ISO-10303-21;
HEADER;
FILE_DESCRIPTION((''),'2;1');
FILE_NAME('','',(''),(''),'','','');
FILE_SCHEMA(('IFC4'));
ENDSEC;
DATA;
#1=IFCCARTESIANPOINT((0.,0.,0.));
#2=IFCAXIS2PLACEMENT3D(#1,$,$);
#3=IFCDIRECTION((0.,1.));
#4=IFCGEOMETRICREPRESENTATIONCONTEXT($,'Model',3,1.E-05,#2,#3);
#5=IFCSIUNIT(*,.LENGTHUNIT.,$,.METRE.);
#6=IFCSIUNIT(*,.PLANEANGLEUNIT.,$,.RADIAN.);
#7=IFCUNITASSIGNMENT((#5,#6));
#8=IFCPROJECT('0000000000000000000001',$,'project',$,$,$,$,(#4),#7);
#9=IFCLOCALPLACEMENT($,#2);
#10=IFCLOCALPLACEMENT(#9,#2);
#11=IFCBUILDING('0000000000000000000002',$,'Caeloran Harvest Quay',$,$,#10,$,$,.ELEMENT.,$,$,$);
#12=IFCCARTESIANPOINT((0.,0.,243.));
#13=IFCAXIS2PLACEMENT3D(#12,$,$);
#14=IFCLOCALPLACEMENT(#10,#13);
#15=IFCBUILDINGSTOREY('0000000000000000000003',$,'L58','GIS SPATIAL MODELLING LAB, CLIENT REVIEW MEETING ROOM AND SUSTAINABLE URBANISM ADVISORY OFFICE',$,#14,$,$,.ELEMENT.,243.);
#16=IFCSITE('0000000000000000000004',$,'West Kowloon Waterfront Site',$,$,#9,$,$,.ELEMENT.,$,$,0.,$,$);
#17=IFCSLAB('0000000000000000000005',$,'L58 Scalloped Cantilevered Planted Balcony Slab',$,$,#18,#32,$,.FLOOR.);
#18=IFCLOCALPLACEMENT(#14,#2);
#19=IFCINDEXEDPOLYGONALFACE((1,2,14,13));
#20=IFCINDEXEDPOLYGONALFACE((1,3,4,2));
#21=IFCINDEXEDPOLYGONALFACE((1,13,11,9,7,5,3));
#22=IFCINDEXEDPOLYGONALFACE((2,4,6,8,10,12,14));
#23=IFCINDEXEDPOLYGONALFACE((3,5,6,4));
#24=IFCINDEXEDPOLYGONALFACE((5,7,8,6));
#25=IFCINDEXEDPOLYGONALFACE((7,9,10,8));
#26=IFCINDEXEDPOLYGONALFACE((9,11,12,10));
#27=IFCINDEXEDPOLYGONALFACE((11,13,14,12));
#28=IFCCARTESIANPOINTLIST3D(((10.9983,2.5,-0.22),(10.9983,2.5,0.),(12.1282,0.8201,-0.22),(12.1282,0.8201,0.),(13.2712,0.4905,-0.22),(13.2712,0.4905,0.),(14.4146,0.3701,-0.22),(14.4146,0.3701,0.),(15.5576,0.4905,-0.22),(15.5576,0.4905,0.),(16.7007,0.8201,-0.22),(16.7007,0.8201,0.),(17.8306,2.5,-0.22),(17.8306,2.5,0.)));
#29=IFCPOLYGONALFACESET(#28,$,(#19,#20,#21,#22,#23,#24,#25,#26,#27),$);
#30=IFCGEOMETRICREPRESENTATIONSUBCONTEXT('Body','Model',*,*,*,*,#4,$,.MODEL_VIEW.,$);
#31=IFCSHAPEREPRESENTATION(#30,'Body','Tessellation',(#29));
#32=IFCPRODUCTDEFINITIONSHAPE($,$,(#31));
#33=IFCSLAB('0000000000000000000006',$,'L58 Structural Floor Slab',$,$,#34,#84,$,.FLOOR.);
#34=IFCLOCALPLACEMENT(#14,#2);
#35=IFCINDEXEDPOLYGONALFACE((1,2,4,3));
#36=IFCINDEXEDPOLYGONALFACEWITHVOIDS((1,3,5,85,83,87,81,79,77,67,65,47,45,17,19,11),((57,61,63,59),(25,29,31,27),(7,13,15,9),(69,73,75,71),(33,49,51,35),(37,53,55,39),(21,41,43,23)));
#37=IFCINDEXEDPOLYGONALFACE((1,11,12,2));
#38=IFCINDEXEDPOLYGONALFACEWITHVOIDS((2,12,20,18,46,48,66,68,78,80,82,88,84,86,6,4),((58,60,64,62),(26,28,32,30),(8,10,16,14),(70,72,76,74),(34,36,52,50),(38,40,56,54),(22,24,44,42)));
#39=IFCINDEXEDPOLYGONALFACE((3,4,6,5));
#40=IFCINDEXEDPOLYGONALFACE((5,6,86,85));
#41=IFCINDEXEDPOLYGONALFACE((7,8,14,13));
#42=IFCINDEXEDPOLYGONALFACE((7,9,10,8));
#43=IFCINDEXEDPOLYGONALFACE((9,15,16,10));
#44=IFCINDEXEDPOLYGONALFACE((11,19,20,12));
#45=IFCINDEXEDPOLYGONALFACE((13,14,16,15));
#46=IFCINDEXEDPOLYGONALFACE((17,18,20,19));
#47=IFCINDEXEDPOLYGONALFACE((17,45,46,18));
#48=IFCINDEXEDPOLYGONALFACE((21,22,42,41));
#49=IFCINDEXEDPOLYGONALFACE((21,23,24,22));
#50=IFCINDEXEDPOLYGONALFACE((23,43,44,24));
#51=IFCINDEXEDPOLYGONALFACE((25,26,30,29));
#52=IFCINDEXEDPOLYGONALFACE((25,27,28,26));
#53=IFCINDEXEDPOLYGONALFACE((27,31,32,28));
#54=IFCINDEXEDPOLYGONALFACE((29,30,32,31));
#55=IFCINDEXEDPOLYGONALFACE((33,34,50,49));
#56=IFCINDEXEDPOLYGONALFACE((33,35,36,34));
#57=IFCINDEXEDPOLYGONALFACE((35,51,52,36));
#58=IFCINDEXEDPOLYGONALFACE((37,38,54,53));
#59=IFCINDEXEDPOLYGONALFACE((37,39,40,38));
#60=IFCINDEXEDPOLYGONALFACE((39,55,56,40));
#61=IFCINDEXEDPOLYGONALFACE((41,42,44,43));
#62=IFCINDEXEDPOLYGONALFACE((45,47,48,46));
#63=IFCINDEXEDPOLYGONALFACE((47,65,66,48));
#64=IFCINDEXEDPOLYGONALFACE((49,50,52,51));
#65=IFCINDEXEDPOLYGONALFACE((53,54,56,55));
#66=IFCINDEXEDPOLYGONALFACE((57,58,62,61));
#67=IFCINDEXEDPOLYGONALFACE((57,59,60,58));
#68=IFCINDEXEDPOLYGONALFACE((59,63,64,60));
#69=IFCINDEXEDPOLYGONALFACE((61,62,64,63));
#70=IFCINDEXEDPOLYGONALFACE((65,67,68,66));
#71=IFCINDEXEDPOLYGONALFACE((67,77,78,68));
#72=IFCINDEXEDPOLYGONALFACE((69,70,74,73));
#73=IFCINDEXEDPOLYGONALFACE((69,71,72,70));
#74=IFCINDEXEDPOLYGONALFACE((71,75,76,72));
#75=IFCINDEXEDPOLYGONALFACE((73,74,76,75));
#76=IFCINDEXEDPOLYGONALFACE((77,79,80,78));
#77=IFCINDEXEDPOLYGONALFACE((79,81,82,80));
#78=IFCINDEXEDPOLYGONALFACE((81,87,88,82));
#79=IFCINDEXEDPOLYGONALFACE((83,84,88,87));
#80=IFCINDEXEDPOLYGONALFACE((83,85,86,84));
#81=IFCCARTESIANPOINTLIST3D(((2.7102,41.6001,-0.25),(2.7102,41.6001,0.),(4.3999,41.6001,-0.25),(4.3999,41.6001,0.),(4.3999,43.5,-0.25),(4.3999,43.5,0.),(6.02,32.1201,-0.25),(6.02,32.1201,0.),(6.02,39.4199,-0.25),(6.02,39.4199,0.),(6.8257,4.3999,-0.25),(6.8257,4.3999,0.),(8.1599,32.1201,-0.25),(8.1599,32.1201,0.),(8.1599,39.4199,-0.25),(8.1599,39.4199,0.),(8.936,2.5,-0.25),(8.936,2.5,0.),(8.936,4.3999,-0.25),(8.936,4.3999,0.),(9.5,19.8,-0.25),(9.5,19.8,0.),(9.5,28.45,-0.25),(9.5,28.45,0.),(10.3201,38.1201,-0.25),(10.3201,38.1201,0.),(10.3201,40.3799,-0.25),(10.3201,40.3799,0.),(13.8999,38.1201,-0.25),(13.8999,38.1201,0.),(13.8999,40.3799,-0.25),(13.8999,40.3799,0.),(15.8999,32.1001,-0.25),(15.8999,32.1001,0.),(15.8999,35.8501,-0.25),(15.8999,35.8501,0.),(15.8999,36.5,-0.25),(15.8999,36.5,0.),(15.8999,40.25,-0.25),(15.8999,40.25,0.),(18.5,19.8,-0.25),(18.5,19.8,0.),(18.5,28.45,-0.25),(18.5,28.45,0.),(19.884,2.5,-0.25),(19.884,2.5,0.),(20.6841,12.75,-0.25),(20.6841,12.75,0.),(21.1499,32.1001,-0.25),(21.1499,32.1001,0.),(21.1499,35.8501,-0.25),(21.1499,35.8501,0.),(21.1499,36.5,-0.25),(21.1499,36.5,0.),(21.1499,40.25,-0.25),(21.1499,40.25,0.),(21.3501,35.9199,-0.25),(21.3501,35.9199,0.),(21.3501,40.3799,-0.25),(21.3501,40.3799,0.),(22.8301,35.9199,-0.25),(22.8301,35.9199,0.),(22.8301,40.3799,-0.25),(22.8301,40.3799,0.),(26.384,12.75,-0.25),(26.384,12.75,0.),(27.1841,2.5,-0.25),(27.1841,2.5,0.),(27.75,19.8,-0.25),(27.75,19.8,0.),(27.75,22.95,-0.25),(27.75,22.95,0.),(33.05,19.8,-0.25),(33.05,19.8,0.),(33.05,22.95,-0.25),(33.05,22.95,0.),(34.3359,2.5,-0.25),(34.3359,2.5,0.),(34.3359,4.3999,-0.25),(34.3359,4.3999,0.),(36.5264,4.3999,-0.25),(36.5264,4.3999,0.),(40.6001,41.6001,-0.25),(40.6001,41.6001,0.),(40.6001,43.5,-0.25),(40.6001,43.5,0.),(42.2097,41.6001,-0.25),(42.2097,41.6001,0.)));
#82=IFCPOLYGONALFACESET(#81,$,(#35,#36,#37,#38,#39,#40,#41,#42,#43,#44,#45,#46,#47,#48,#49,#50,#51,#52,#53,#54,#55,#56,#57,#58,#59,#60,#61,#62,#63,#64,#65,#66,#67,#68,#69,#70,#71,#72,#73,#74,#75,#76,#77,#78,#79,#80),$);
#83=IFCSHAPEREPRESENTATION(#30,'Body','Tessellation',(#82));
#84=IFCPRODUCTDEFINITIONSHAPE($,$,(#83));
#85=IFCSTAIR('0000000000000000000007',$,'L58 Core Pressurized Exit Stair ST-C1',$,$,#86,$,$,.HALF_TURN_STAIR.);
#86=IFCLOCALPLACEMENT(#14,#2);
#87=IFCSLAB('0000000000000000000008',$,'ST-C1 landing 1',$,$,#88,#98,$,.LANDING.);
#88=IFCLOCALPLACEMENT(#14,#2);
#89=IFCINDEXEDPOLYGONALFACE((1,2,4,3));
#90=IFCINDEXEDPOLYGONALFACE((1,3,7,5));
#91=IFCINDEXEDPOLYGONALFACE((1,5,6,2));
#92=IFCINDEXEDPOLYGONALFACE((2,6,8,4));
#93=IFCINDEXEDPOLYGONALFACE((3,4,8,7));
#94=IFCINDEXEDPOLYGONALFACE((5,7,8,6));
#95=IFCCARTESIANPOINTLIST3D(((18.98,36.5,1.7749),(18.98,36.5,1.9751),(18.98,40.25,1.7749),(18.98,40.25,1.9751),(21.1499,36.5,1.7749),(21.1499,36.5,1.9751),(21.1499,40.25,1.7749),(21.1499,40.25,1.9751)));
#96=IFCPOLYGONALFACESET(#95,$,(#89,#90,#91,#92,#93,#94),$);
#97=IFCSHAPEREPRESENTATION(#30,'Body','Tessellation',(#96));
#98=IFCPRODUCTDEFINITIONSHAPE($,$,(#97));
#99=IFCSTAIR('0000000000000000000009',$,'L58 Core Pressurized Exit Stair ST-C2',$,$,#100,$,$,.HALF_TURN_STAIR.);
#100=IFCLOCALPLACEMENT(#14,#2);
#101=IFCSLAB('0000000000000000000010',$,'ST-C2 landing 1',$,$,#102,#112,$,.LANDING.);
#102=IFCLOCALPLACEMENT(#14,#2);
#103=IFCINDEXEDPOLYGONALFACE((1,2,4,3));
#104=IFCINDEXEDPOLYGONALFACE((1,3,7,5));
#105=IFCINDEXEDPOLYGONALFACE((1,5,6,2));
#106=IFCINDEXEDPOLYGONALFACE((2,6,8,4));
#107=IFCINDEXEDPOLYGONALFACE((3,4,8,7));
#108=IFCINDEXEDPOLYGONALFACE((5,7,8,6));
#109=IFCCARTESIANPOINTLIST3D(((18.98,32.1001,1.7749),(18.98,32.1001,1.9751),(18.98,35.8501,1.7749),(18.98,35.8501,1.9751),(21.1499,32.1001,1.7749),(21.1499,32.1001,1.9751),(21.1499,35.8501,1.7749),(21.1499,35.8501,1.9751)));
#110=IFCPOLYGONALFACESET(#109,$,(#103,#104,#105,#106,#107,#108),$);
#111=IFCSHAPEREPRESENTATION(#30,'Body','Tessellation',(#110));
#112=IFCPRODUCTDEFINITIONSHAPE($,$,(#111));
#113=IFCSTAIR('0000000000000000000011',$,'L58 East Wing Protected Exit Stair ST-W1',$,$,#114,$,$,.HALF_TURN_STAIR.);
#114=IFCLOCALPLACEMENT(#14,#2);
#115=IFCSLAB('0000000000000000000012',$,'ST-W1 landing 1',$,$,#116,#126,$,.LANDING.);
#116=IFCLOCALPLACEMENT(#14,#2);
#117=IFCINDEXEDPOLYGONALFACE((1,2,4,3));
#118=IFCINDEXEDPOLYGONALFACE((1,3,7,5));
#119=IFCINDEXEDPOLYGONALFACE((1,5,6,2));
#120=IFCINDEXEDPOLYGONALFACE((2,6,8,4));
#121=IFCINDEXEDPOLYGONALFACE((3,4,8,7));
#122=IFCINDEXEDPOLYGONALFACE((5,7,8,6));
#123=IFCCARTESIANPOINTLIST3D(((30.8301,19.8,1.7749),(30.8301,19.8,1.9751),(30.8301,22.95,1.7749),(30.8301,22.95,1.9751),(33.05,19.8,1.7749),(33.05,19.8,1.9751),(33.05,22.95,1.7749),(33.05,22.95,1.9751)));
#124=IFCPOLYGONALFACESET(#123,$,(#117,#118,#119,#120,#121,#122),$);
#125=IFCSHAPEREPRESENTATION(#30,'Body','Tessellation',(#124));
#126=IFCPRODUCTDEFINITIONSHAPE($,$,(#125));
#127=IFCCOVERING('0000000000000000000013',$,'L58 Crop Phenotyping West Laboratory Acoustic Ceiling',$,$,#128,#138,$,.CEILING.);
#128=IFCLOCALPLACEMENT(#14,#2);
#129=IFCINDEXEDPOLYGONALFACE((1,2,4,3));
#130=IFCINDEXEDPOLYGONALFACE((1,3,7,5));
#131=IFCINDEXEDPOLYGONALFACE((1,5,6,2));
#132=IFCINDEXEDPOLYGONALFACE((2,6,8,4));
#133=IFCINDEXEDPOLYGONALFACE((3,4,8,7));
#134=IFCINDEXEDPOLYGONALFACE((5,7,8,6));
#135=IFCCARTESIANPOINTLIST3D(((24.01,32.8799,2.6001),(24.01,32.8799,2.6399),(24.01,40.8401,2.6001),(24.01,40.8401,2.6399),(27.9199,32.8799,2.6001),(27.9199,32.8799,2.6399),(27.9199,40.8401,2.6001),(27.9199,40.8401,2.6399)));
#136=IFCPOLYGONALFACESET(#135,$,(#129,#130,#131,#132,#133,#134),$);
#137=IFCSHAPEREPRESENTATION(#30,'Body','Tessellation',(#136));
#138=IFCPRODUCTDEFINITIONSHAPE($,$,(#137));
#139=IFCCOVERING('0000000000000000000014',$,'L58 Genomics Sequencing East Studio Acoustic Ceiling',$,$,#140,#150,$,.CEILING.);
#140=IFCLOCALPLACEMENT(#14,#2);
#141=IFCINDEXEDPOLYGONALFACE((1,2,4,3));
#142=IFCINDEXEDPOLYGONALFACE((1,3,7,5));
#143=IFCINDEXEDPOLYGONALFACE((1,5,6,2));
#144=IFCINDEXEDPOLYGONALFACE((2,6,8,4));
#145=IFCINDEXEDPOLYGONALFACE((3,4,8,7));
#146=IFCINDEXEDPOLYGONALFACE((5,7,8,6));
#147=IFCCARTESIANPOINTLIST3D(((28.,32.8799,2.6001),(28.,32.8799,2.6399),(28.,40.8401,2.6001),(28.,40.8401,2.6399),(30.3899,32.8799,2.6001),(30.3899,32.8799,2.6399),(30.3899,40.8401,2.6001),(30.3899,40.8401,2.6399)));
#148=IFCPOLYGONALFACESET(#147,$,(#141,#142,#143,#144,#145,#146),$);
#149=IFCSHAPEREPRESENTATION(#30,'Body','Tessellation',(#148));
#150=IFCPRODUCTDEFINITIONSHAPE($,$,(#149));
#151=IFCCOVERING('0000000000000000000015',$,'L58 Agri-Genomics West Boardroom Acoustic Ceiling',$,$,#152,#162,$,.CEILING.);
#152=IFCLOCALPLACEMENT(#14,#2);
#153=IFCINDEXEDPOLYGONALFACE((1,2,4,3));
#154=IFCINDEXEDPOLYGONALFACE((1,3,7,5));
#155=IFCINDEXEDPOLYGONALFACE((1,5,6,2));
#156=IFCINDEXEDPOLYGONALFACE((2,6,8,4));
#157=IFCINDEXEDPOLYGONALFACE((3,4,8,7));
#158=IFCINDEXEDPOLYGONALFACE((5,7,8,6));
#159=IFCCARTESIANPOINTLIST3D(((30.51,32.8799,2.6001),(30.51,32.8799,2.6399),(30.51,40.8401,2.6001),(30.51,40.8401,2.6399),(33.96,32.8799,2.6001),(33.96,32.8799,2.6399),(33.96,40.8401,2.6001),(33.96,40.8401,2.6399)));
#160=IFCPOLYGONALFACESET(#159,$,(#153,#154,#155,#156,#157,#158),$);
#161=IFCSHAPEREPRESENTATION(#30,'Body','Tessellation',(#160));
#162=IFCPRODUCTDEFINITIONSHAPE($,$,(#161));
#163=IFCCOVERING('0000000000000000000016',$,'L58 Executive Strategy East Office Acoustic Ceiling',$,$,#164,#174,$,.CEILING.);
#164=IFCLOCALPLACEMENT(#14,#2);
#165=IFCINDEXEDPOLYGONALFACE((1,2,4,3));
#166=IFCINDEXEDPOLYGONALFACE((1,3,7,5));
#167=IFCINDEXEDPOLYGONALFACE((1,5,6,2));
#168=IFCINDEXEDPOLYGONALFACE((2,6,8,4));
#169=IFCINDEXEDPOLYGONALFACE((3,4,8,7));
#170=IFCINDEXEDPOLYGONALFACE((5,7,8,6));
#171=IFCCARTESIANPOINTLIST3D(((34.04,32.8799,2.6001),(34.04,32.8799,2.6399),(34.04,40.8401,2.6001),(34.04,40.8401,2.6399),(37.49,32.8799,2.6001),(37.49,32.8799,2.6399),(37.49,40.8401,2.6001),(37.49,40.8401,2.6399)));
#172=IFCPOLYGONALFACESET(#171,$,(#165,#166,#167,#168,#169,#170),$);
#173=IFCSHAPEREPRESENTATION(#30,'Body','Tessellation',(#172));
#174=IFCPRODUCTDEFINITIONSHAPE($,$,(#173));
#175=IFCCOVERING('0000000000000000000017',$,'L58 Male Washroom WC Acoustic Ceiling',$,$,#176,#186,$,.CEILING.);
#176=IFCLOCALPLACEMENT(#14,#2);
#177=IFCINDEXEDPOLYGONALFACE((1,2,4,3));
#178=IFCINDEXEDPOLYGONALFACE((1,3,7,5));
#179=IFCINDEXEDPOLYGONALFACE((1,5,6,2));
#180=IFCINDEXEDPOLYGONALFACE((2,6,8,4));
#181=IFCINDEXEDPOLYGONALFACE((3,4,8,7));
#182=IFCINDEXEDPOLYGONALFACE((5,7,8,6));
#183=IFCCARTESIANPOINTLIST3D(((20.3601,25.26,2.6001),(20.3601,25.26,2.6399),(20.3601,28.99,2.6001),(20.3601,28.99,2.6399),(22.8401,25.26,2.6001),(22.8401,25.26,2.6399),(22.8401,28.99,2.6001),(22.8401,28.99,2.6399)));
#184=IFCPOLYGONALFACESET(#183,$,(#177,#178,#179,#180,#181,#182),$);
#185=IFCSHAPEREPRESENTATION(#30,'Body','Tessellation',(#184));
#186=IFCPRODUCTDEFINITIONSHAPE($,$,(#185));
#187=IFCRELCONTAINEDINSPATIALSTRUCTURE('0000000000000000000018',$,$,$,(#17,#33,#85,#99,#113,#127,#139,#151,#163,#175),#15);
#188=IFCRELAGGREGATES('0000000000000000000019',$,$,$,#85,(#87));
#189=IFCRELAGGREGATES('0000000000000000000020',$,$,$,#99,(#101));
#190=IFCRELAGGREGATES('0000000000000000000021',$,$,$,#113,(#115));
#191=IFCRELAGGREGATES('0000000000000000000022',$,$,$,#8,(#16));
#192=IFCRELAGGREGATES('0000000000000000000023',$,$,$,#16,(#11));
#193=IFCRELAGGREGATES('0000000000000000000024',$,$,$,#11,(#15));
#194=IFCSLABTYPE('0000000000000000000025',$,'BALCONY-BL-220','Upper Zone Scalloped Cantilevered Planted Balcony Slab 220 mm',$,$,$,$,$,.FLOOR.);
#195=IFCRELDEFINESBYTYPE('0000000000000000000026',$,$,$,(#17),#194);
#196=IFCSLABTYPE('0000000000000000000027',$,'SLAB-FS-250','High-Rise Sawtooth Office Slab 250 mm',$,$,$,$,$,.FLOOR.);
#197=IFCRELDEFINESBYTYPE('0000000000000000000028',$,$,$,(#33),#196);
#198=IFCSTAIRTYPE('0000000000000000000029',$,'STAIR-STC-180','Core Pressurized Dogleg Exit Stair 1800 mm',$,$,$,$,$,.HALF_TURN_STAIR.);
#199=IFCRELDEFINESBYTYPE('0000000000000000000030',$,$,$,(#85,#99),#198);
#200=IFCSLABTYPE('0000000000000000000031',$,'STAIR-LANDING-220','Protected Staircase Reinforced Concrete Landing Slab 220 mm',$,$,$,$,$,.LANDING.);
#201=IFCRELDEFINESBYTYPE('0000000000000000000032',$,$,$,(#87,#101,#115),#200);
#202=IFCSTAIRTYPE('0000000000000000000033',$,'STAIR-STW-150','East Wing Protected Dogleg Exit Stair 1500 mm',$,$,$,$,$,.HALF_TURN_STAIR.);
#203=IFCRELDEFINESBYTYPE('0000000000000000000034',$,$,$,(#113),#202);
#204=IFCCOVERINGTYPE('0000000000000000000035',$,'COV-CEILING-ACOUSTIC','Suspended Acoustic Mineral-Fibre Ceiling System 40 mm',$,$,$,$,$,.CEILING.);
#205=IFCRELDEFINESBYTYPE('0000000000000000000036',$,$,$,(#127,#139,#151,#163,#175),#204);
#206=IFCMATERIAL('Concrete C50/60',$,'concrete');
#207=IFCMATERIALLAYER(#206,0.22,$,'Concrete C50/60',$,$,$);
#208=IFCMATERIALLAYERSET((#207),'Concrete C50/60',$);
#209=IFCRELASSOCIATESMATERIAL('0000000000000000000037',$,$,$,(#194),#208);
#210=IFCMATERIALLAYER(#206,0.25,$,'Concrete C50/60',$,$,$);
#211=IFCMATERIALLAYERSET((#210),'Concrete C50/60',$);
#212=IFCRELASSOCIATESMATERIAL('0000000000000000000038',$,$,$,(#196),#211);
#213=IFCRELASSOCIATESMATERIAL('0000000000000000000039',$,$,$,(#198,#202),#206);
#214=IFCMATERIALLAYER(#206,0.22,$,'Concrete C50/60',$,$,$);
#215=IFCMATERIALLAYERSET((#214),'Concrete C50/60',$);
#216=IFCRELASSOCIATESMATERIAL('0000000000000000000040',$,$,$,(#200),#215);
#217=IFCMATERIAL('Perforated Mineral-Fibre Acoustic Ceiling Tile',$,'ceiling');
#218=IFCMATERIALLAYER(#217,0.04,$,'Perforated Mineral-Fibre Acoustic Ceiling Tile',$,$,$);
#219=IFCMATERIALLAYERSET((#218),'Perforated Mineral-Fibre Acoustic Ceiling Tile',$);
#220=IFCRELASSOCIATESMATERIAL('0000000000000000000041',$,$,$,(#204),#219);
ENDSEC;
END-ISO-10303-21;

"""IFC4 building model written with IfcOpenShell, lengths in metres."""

from ifc_helpers import new_model, si_unit, direction, frame, origin, place, context, subcontext, project, spatial, polyline, outline, extrude, material, layer, layer_set, type_object, element, aggregate, save


model = new_model("IFC4")

# Units and contexts
model_context = context("Model", 3, precision=1e-05, world=origin(), true_north=direction((0.0, 1.0)))
body_context = subcontext(model_context, "Body", "Model", "MODEL_VIEW")
ifc_project = project(units=[si_unit("LENGTHUNIT", "METRE"), si_unit("PLANEANGLEUNIT", "RADIAN")], contexts=[model_context])

# Site, building, storey
site_placement = place(None, origin())
site = spatial("IfcSite", under=ifc_project, at=site_placement, Name="West Kowloon Waterfront Site", CompositionType="ELEMENT", RefElevation=0.0)
building_placement = place(site_placement, origin())
building = spatial("IfcBuilding", under=site, at=building_placement, Name="Caeloran Harvest Quay", CompositionType="ELEMENT")
storey_placement = place(building_placement, frame((0.0, 0.0, 243.0)))
storey = spatial("IfcBuildingStorey", under=building, at=storey_placement, Name="L58", Description="GIS SPATIAL MODELLING LAB, CLIENT REVIEW MEETING ROOM AND SUSTAINABLE URBANISM ADVISORY OFFICE", CompositionType="ELEMENT", Elevation=243.0)

# Slabs
ifc_material_1 = material(Name="Concrete C50/60", Category="concrete")
ifc_layer_1 = layer(ifc_material_1, 0.22, Name="Concrete C50/60")
ifc_layer_set_1 = layer_set([ifc_layer_1], Name="Concrete C50/60")
slab_type_1 = type_object("IfcSlabType", Name="BALCONY-BL-220", Description="Upper Zone Scalloped Cantilevered Planted Balcony Slab 220 mm", PredefinedType="FLOOR", material=ifc_layer_set_1)
slab_1_placement = place(storey_placement, frame((0.0, 0.0, -0.22)))
element("IfcSlab", 1, at=slab_1_placement, inside=storey, type_object=slab_type_1, Name="L58 Scalloped Cantilevered Planted Balcony Slab", PredefinedType="FLOOR", context=body_context, shape_type="SweptSolid", body=[
    extrude(outline(polyline([(16.7007, 0.8201), (15.5576, 0.4905), (14.4146, 0.3701), (13.2712, 0.4905), (12.1282, 0.8201), (10.9983, 2.5), (17.8306, 2.5), (16.7007, 0.8201)])), origin(), (0.0, 0.0, 1.0), 0.22),
])
ifc_layer_2 = layer(ifc_material_1, 0.25, Name="Concrete C50/60")
ifc_layer_set_2 = layer_set([ifc_layer_2], Name="Concrete C50/60")
slab_type_2 = type_object("IfcSlabType", Name="SLAB-FS-250", Description="High-Rise Sawtooth Office Slab 250 mm", PredefinedType="FLOOR", material=ifc_layer_set_2)
slab_2_placement = place(storey_placement, frame((0.0, 0.0, -0.25)))
element("IfcSlab", 2, at=slab_2_placement, inside=storey, type_object=slab_type_2, Name="L58 Structural Floor Slab", PredefinedType="FLOOR", context=body_context, shape_type="SweptSolid", body=[
    extrude(outline(polyline([(8.936, 2.5), (19.884, 2.5), (20.6841, 12.75), (26.384, 12.75), (27.1841, 2.5), (34.3359, 2.5), (34.3359, 4.3999), (36.5264, 4.3999), (42.2097, 41.6001), (40.6001, 41.6001), (40.6001, 43.5), (4.3999, 43.5), (4.3999, 41.6001), (2.7102, 41.6001), (6.8257, 4.3999), (8.936, 4.3999), (8.936, 2.5)]), holes=[polyline([(33.05, 19.8), (27.75, 19.8), (27.75, 22.95), (33.05, 22.95), (33.05, 19.8)]), polyline([(18.5, 19.8), (9.5, 19.8), (9.5, 28.45), (18.5, 28.45), (18.5, 19.8)]), polyline([(15.8999, 32.1001), (15.8999, 35.8501), (21.1499, 35.8501), (21.1499, 32.1001), (15.8999, 32.1001)]), polyline([(8.1599, 32.1201), (6.02, 32.1201), (6.02, 39.4199), (8.1599, 39.4199), (8.1599, 32.1201)]), polyline([(22.8301, 35.9199), (21.3501, 35.9199), (21.3501, 40.3799), (22.8301, 40.3799), (22.8301, 35.9199)]), polyline([(15.8999, 36.5), (15.8999, 40.25), (21.1499, 40.25), (21.1499, 36.5), (15.8999, 36.5)]), polyline([(13.8999, 38.1201), (10.3201, 38.1201), (10.3201, 40.3799), (13.8999, 40.3799), (13.8999, 38.1201)])]), origin(), (0.0, 0.0, 1.0), 0.25),
])

# Stairs, slabs
stair_type_1 = type_object("IfcStairType", Name="STAIR-STC-180", Description="Core Pressurized Dogleg Exit Stair 1800 mm", PredefinedType="HALF_TURN_STAIR", material=ifc_material_1)
stair_1_placement = place(storey_placement, origin())
stair_1 = element("IfcStair", 3, at=stair_1_placement, inside=storey, type_object=stair_type_1, Name="L58 Core Pressurized Exit Stair ST-C1", PredefinedType="HALF_TURN_STAIR")
ifc_layer_3 = layer(ifc_material_1, 0.22, Name="Concrete C50/60")
ifc_layer_set_3 = layer_set([ifc_layer_3], Name="Concrete C50/60")
slab_type_3 = type_object("IfcSlabType", Name="STAIR-LANDING-220", Description="Protected Staircase Reinforced Concrete Landing Slab 220 mm", PredefinedType="LANDING", material=ifc_layer_set_3)
slab_3_placement = place(storey_placement, frame((0.0, 0.0, 1.7749)))
slab_3 = element("IfcSlab", 4, at=slab_3_placement, type_object=slab_type_3, Name="ST-C1 landing 1", PredefinedType="LANDING", context=body_context, shape_type="SweptSolid", body=[
    extrude(outline(polyline([(18.98, 36.5), (21.1499, 36.5), (21.1499, 40.25), (18.98, 40.25), (18.98, 36.5)])), origin(), (0.0, 0.0, 1.0), 0.2002),
])
aggregate(stair_1, [slab_3])
stair_2_placement = place(storey_placement, origin())
stair_2 = element("IfcStair", 5, at=stair_2_placement, inside=storey, type_object=stair_type_1, Name="L58 Core Pressurized Exit Stair ST-C2", PredefinedType="HALF_TURN_STAIR")
slab_4_placement = place(storey_placement, frame((0.0, 0.0, 1.7749)))
slab_4 = element("IfcSlab", 6, at=slab_4_placement, type_object=slab_type_3, Name="ST-C2 landing 1", PredefinedType="LANDING", context=body_context, shape_type="SweptSolid", body=[
    extrude(outline(polyline([(18.98, 32.1001), (21.1499, 32.1001), (21.1499, 35.8501), (18.98, 35.8501), (18.98, 32.1001)])), origin(), (0.0, 0.0, 1.0), 0.2002),
])
aggregate(stair_2, [slab_4])
stair_type_2 = type_object("IfcStairType", Name="STAIR-STW-150", Description="East Wing Protected Dogleg Exit Stair 1500 mm", PredefinedType="HALF_TURN_STAIR", material=ifc_material_1)
stair_3_placement = place(storey_placement, origin())
stair_3 = element("IfcStair", 7, at=stair_3_placement, inside=storey, type_object=stair_type_2, Name="L58 East Wing Protected Exit Stair ST-W1", PredefinedType="HALF_TURN_STAIR")
slab_5_placement = place(storey_placement, frame((0.0, 0.0, 1.7749)))
slab_5 = element("IfcSlab", 8, at=slab_5_placement, type_object=slab_type_3, Name="ST-W1 landing 1", PredefinedType="LANDING", context=body_context, shape_type="SweptSolid", body=[
    extrude(outline(polyline([(30.8301, 19.8), (33.05, 19.8), (33.05, 22.95), (30.8301, 22.95), (30.8301, 19.8)])), origin(), (0.0, 0.0, 1.0), 0.2002),
])
aggregate(stair_3, [slab_5])

# Coverings
ifc_material_2 = material(Name="Perforated Mineral-Fibre Acoustic Ceiling Tile", Category="ceiling")
ifc_layer_4 = layer(ifc_material_2, 0.04, Name="Perforated Mineral-Fibre Acoustic Ceiling Tile")
ifc_layer_set_4 = layer_set([ifc_layer_4], Name="Perforated Mineral-Fibre Acoustic Ceiling Tile")
covering_type_1 = type_object("IfcCoveringType", Name="COV-CEILING-ACOUSTIC", Description="Suspended Acoustic Mineral-Fibre Ceiling System 40 mm", PredefinedType="CEILING", material=ifc_layer_set_4)
covering_1_placement = place(storey_placement, frame((0.0, 0.0, 2.6001)))
element("IfcCovering", 9, at=covering_1_placement, inside=storey, type_object=covering_type_1, Name="L58 Crop Phenotyping West Laboratory Acoustic Ceiling", PredefinedType="CEILING", context=body_context, shape_type="SweptSolid", body=[
    extrude(outline(polyline([(27.9199, 40.8401), (27.9199, 32.8799), (24.01, 32.8799), (24.01, 40.8401), (27.9199, 40.8401)])), origin(), (0.0, 0.0, 1.0), 0.0398),
])
covering_2_placement = place(storey_placement, frame((0.0, 0.0, 2.6001)))
element("IfcCovering", 10, at=covering_2_placement, inside=storey, type_object=covering_type_1, Name="L58 Genomics Sequencing East Studio Acoustic Ceiling", PredefinedType="CEILING", context=body_context, shape_type="SweptSolid", body=[
    extrude(outline(polyline([(30.3899, 40.8401), (30.3899, 32.8799), (28.0, 32.8799), (28.0, 40.8401), (30.3899, 40.8401)])), origin(), (0.0, 0.0, 1.0), 0.0398),
])
covering_3_placement = place(storey_placement, frame((0.0, 0.0, 2.6001)))
element("IfcCovering", 11, at=covering_3_placement, inside=storey, type_object=covering_type_1, Name="L58 Agri-Genomics West Boardroom Acoustic Ceiling", PredefinedType="CEILING", context=body_context, shape_type="SweptSolid", body=[
    extrude(outline(polyline([(33.96, 40.8401), (33.96, 32.8799), (30.51, 32.8799), (30.51, 40.8401), (33.96, 40.8401)])), origin(), (0.0, 0.0, 1.0), 0.0398),
])
covering_4_placement = place(storey_placement, frame((0.0, 0.0, 2.6001)))
element("IfcCovering", 12, at=covering_4_placement, inside=storey, type_object=covering_type_1, Name="L58 Executive Strategy East Office Acoustic Ceiling", PredefinedType="CEILING", context=body_context, shape_type="SweptSolid", body=[
    extrude(outline(polyline([(37.49, 40.8401), (37.49, 32.8799), (34.04, 32.8799), (34.04, 40.8401), (37.49, 40.8401)])), origin(), (0.0, 0.0, 1.0), 0.0398),
])
covering_5_placement = place(storey_placement, frame((0.0, 0.0, 2.6001)))
element("IfcCovering", 13, at=covering_5_placement, inside=storey, type_object=covering_type_1, Name="L58 Male Washroom WC Acoustic Ceiling", PredefinedType="CEILING", context=body_context, shape_type="SweptSolid", body=[
    extrude(outline(polyline([(22.8401, 28.99), (22.8401, 25.26), (20.3601, 25.26), (20.3601, 28.99), (22.8401, 28.99)])), origin(), (0.0, 0.0, 1.0), 0.0398),
])

save(model, "model.ifc")
